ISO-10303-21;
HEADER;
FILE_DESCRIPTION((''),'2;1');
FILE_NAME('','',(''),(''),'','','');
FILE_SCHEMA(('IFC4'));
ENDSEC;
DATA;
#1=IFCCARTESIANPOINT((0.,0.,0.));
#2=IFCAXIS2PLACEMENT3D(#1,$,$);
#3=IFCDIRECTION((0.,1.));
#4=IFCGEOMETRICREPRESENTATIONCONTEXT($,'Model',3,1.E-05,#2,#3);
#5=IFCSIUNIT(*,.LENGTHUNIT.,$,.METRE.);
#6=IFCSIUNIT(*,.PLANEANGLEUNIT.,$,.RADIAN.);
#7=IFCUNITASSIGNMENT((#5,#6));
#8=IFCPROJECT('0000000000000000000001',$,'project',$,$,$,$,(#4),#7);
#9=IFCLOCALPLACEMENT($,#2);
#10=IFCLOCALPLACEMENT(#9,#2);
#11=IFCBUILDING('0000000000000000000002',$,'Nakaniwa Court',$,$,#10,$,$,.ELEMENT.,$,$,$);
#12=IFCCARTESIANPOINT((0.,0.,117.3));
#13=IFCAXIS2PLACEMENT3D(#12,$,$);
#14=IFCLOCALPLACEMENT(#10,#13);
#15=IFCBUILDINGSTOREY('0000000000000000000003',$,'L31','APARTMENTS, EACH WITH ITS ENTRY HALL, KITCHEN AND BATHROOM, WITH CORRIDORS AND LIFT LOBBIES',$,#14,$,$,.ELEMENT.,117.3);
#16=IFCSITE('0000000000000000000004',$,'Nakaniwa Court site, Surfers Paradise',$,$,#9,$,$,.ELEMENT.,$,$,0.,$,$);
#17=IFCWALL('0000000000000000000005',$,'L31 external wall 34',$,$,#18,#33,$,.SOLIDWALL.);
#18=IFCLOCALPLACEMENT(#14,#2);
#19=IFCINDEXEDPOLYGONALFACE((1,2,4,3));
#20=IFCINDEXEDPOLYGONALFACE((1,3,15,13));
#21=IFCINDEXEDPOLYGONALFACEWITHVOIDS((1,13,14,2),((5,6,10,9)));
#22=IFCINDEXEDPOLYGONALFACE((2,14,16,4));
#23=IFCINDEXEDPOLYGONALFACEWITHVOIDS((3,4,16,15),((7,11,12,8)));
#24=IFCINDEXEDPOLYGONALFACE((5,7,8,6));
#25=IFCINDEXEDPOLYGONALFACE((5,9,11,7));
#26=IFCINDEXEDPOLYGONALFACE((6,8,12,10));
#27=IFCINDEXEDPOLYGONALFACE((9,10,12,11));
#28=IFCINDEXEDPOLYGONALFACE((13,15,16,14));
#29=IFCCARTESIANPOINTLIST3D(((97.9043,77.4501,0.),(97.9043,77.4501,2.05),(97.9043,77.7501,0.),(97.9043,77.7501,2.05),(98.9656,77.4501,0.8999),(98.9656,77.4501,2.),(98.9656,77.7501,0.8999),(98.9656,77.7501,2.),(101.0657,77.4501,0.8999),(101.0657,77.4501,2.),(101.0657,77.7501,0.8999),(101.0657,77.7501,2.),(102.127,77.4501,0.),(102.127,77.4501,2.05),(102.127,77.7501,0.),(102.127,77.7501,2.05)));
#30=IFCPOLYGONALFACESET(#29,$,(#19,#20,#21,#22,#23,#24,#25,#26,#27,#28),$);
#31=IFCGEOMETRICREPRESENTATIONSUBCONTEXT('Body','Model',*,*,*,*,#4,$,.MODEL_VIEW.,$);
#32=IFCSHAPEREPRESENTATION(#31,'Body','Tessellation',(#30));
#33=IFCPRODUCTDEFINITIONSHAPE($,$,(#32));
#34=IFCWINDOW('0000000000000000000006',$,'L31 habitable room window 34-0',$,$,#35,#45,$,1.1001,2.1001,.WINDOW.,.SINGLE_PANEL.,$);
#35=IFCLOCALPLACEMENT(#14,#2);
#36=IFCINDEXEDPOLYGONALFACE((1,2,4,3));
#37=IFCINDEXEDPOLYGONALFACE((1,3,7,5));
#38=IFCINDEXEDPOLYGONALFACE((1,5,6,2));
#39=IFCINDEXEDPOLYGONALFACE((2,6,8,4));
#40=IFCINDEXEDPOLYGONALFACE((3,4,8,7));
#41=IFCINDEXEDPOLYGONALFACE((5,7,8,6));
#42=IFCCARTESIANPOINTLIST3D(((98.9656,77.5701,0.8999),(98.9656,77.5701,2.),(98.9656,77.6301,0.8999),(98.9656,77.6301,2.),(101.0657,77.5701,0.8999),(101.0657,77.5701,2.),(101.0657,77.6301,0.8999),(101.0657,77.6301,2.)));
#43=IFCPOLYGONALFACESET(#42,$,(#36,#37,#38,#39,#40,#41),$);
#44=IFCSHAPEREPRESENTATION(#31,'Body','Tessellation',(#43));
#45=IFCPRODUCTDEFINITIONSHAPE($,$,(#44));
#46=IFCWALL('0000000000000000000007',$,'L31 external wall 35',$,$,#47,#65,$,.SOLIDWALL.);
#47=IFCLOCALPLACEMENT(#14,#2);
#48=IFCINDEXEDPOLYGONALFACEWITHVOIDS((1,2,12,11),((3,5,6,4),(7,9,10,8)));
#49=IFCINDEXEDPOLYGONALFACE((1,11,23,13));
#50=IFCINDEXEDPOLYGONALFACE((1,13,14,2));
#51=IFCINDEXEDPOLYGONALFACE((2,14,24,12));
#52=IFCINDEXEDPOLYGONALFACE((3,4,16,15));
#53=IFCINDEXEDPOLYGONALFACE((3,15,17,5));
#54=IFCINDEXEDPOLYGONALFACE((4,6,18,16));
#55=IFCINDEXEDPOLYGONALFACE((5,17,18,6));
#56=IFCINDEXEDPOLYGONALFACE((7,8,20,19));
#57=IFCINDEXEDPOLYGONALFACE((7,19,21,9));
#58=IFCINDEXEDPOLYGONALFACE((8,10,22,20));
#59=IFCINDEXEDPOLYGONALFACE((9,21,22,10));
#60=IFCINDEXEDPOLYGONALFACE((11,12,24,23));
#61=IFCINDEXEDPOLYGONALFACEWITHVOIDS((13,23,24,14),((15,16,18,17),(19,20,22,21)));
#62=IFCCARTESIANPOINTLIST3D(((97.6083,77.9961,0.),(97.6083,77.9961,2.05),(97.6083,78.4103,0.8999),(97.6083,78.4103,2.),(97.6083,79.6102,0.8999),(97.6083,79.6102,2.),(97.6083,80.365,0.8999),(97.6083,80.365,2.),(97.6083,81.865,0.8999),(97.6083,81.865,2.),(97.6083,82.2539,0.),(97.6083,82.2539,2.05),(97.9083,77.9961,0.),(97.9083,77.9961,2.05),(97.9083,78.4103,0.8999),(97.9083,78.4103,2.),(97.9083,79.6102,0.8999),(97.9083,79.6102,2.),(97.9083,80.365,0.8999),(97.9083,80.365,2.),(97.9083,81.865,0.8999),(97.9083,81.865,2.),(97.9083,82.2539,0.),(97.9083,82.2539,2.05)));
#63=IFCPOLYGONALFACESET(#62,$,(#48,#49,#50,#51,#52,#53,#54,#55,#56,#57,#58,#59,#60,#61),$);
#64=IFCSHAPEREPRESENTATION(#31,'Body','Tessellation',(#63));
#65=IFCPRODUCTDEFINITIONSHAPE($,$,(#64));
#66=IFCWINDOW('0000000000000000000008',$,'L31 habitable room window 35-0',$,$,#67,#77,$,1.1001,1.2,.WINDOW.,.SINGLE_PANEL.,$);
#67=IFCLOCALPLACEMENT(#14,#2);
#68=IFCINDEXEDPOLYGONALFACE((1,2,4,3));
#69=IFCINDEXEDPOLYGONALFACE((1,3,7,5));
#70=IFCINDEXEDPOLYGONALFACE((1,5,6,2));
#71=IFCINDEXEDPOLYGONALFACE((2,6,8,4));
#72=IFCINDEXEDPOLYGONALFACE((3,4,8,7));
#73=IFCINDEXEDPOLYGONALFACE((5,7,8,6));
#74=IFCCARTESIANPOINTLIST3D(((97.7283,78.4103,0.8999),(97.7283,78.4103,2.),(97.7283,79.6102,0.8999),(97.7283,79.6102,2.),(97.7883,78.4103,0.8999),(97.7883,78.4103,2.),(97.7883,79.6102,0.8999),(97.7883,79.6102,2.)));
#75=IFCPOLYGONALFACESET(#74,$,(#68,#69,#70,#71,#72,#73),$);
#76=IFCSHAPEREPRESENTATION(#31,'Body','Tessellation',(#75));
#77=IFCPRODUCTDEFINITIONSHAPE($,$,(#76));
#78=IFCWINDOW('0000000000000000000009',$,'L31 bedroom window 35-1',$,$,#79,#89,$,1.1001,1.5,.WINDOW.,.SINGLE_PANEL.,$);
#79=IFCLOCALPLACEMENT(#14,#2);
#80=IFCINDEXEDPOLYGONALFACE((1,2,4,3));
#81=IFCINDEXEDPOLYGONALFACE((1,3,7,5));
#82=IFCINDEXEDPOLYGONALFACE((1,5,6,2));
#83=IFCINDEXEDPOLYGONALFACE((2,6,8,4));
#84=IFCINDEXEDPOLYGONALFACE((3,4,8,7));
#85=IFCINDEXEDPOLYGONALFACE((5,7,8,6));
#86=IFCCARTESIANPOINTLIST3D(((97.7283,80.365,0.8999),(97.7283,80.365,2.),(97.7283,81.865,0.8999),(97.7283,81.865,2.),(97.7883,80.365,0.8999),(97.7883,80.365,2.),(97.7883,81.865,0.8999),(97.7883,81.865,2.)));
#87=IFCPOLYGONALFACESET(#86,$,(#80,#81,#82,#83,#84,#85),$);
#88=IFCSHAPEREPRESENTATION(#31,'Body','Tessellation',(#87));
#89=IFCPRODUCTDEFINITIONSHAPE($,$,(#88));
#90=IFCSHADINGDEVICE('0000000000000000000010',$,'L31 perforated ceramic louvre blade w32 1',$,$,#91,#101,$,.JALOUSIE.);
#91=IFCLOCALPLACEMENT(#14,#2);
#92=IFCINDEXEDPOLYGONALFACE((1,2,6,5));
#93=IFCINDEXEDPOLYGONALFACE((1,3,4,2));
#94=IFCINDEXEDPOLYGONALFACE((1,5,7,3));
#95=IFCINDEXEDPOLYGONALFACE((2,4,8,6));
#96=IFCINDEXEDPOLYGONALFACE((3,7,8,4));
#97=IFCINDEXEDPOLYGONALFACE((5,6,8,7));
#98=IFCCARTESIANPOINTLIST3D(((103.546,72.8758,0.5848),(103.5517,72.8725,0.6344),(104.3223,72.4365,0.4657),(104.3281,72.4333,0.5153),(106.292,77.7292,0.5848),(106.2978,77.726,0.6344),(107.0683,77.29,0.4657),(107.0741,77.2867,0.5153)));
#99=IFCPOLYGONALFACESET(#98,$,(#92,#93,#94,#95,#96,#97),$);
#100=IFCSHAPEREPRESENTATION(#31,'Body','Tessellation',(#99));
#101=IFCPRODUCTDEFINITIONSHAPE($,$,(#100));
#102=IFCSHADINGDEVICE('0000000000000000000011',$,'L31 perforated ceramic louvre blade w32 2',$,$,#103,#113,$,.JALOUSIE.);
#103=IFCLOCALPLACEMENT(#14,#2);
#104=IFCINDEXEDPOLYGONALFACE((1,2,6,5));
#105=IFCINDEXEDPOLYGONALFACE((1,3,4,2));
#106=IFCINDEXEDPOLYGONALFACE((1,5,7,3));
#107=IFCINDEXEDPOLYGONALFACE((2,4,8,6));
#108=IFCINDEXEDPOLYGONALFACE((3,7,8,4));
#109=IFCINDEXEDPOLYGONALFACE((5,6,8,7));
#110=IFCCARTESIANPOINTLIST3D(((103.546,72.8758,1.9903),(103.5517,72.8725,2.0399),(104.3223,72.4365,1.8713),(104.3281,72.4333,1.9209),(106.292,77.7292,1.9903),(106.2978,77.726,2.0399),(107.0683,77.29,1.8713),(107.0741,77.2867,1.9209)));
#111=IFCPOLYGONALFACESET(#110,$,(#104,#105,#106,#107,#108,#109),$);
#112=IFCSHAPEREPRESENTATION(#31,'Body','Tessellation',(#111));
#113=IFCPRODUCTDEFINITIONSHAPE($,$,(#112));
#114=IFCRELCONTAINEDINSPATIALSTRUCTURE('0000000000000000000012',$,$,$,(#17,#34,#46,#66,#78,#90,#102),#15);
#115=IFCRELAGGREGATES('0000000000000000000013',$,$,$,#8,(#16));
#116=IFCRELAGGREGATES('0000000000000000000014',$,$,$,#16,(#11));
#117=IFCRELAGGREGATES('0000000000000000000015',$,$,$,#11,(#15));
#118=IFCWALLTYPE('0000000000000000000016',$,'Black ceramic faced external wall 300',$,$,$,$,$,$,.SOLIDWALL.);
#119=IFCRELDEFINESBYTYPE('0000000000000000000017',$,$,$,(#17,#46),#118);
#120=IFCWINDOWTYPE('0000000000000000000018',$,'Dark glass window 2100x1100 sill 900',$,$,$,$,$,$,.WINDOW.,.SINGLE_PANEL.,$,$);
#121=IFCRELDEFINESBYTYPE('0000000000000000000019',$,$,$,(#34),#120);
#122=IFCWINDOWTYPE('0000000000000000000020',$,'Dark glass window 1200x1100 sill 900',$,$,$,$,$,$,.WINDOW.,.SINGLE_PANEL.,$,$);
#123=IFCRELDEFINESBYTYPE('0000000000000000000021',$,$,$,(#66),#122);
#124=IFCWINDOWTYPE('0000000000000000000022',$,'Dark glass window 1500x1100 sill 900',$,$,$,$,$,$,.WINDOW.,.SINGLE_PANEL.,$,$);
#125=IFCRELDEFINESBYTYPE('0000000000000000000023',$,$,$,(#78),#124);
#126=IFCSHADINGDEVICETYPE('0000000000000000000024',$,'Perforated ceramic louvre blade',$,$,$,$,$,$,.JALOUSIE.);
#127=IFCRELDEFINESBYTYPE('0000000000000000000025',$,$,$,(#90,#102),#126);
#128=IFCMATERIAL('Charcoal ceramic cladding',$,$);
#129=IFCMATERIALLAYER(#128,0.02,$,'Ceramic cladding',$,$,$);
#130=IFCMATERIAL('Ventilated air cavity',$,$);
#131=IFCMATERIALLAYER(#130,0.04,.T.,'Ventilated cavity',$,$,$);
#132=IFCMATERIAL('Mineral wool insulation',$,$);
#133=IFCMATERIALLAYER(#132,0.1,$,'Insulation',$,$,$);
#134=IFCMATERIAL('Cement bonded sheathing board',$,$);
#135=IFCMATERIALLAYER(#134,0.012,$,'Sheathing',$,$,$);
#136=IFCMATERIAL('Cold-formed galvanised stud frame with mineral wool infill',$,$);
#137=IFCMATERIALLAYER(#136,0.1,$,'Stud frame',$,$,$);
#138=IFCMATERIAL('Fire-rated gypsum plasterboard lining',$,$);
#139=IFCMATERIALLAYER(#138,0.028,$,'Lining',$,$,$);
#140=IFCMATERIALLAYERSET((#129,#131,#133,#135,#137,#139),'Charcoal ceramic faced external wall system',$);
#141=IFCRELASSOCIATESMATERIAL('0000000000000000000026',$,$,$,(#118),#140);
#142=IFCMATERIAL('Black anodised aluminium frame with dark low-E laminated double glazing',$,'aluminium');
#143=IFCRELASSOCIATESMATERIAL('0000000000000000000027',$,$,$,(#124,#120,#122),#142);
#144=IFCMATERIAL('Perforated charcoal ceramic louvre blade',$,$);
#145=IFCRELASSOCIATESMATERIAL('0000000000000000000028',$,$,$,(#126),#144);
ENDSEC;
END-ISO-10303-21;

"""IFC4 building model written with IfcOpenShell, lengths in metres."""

from ifc_helpers import new_model, si_unit, direction, frame, frame_2d, origin, origin_2d, place, context, subcontext, project, spatial, rectangle, extrude, material, layer, layer_set, material_profile, profile_set, type_object, element, fill, save


model = new_model("IFC4")

# Units and contexts
model_context = context("Model", 3, precision=1e-05, world=origin(), true_north=direction((0.0, 1.0)))
body_context = subcontext(model_context, "Body", "Model", "MODEL_VIEW")
ifc_project = project(units=[si_unit("LENGTHUNIT", "METRE"), si_unit("PLANEANGLEUNIT", "RADIAN")], contexts=[model_context])

# Site, building, storey
site_placement = place(None, origin())
site = spatial("IfcSite", under=ifc_project, at=site_placement, Name="Nakaniwa Court site, Surfers Paradise", CompositionType="ELEMENT", RefElevation=0.0)
building_placement = place(site_placement, origin())
building = spatial("IfcBuilding", under=site, at=building_placement, Name="Nakaniwa Court", CompositionType="ELEMENT")
storey_placement = place(building_placement, frame((0.0, 0.0, 117.3)))
storey = spatial("IfcBuildingStorey", under=building, at=storey_placement, Name="L31", Description="APARTMENTS, EACH WITH ITS ENTRY HALL, KITCHEN AND BATHROOM, WITH CORRIDORS AND LIFT LOBBIES", CompositionType="ELEMENT", Elevation=117.3)

# Wall, opening, window
ifc_material_1 = material(Name="Charcoal ceramic cladding")
ifc_layer_1 = layer(ifc_material_1, 0.02, Name="Ceramic cladding")
ifc_material_2 = material(Name="Ventilated air cavity")
ifc_layer_2 = layer(ifc_material_2, 0.04, ventilated=True, Name="Ventilated cavity")
ifc_material_3 = material(Name="Mineral wool insulation")
ifc_layer_3 = layer(ifc_material_3, 0.1, Name="Insulation")
ifc_material_4 = material(Name="Cement bonded sheathing board")
ifc_layer_4 = layer(ifc_material_4, 0.012, Name="Sheathing")
ifc_material_5 = material(Name="Cold-formed galvanised stud frame with mineral wool infill")
ifc_layer_5 = layer(ifc_material_5, 0.1, Name="Stud frame")
ifc_material_6 = material(Name="Fire-rated gypsum plasterboard lining")
ifc_layer_6 = layer(ifc_material_6, 0.028, Name="Lining")
ifc_layer_set = layer_set([ifc_layer_1, ifc_layer_2, ifc_layer_3, ifc_layer_4, ifc_layer_5, ifc_layer_6], Name="Charcoal ceramic faced external wall system")
wall_type = type_object("IfcWallType", Name="Black ceramic faced external wall 300", PredefinedType="SOLIDWALL", material=ifc_layer_set)
ifc_material_7 = material(Name="Black anodised aluminium frame with dark low-E laminated double glazing", Category="aluminium")
window_type_1 = type_object("IfcWindowType", Name="Dark glass window 1500x1100 sill 900", PartitioningType="SINGLE_PANEL", PredefinedType="WINDOW", material=ifc_material_7)
window_type_2 = type_object("IfcWindowType", Name="Dark glass window 2100x1100 sill 900", PartitioningType="SINGLE_PANEL", PredefinedType="WINDOW", material=ifc_material_7)
wall_1_placement = place(storey_placement, frame((102.127, 77.6001, 0.0), z_axis=(0.0, 0.0, 1.0), x_axis=(-1.0, 0.0, 0.0)))
wall_1 = element("IfcWall", 1, at=wall_1_placement, inside=storey, type_object=wall_type, Name="L31 external wall 34", PredefinedType="SOLIDWALL", context=body_context, shape_type="SweptSolid", body=[
    extrude(rectangle(XDim=4.2227, YDim=0.3, at=frame_2d((2.1113, 0.0))), origin(), (0.0, 0.0, 1.0), 2.05),
])
opening_1_placement = place(wall_1_placement, frame((1.0613, 0.0, 0.8999)))
opening_1 = element("IfcOpeningElement", 2, at=opening_1_placement, cuts=wall_1, PredefinedType="OPENING", context=body_context, shape_type="SweptSolid", body=[
    extrude(rectangle(XDim=2.1001, YDim=1.1001, at=frame_2d((1.05, 0.55))), frame((0.0, 0.1599, 0.0), z_axis=(0.0, -1.0, 0.0), x_axis=(1.0, 0.0, 0.0)), (0.0, 0.0, 1.0), 0.3201),
])
window_1_placement = place(opening_1_placement, origin())
window_1 = element("IfcWindow", 3, at=window_1_placement, inside=storey, type_object=window_type_2, Name="L31 habitable room window 34-0", OverallHeight=1.1001, OverallWidth=2.1001, PartitioningType="SINGLE_PANEL", PredefinedType="WINDOW", context=body_context, shape_type="SweptSolid", body=[
    extrude(rectangle(XDim=2.1001, YDim=1.1001, at=frame_2d((1.05, 0.55))), frame((0.0, 0.03, 0.0), z_axis=(0.0, -1.0, 0.0), x_axis=(1.0, 0.0, 0.0)), (0.0, 0.0, 1.0), 0.0601),
])
fill(opening_1, window_1)

# Wall, openings, windows
wall_2_placement = place(storey_placement, frame((97.7583, 77.9961, 0.0), z_axis=(0.0, 0.0, 1.0), x_axis=(0.0, 1.0, 0.0)))
wall_2 = element("IfcWall", 4, at=wall_2_placement, inside=storey, type_object=wall_type, Name="L31 external wall 35", PredefinedType="SOLIDWALL", context=body_context, shape_type="SweptSolid", body=[
    extrude(rectangle(XDim=4.2578, YDim=0.3, at=frame_2d((2.1289, 0.0))), origin(), (0.0, 0.0, 1.0), 2.05),
])
opening_2_placement = place(wall_2_placement, frame((0.4141, 0.0, 0.8999)))
opening_2 = element("IfcOpeningElement", 5, at=opening_2_placement, cuts=wall_2, PredefinedType="OPENING", context=body_context, shape_type="SweptSolid", body=[
    extrude(rectangle(XDim=1.2, YDim=1.1001, at=frame_2d((0.6001, 0.55))), frame((0.0, 0.1599, 0.0), z_axis=(0.0, -1.0, 0.0), x_axis=(1.0, 0.0, 0.0)), (0.0, 0.0, 1.0), 0.3201),
])
opening_3_placement = place(wall_2_placement, frame((2.3689, 0.0, 0.8999)))
opening_3 = element("IfcOpeningElement", 6, at=opening_3_placement, cuts=wall_2, PredefinedType="OPENING", context=body_context, shape_type="SweptSolid", body=[
    extrude(rectangle(XDim=1.5, YDim=1.1001, at=frame_2d((0.75, 0.55))), frame((0.0, 0.1599, 0.0), z_axis=(0.0, -1.0, 0.0), x_axis=(1.0, 0.0, 0.0)), (0.0, 0.0, 1.0), 0.3201),
])
window_type_3 = type_object("IfcWindowType", Name="Dark glass window 1200x1100 sill 900", PartitioningType="SINGLE_PANEL", PredefinedType="WINDOW", material=ifc_material_7)
window_2_placement = place(opening_2_placement, origin())
window_2 = element("IfcWindow", 7, at=window_2_placement, inside=storey, type_object=window_type_3, Name="L31 habitable room window 35-0", OverallHeight=1.1001, OverallWidth=1.2, PartitioningType="SINGLE_PANEL", PredefinedType="WINDOW", context=body_context, shape_type="SweptSolid", body=[
    extrude(rectangle(XDim=1.2, YDim=1.1001, at=frame_2d((0.6001, 0.55))), frame((0.0, 0.03, 0.0), z_axis=(0.0, -1.0, 0.0), x_axis=(1.0, 0.0, 0.0)), (0.0, 0.0, 1.0), 0.0601),
])
fill(opening_2, window_2)
window_3_placement = place(opening_3_placement, origin())
window_3 = element("IfcWindow", 8, at=window_3_placement, inside=storey, type_object=window_type_1, Name="L31 bedroom window 35-1", OverallHeight=1.1001, OverallWidth=1.5, PartitioningType="SINGLE_PANEL", PredefinedType="WINDOW", context=body_context, shape_type="SweptSolid", body=[
    extrude(rectangle(XDim=1.5, YDim=1.1001, at=frame_2d((0.75, 0.55))), frame((0.0, 0.03, 0.0), z_axis=(0.0, -1.0, 0.0), x_axis=(1.0, 0.0, 0.0)), (0.0, 0.0, 1.0), 0.0601),
])
fill(opening_3, window_3)

# Shading devices
ifc_material_8 = material(Name="Perforated charcoal ceramic louvre blade")
ifc_material_profile_1 = material_profile(ifc_material_8, rectangle(XDim=0.8999, YDim=0.05, at=origin_2d()), Name="Perforated ceramic louvre blade")
ifc_profile_set_1 = profile_set([ifc_material_profile_1], Name="Perforated charcoal ceramic louvre blade")
shading_device_type = type_object("IfcShadingDeviceType", Name="Perforated ceramic louvre blade", PredefinedType="JALOUSIE", material=ifc_profile_set_1)
for number, where, z_axis, x_axis, name in (
    (9, (103.937, 72.6545, 0.55), (0.492438, 0.870347, 0.0), (-0.862702, 0.488112, 0.132256), "L31 perforated ceramic louvre blade w32 1"),
    (10, (103.937, 72.6545, 1.9556), (0.492438, 0.870347, 0.0), (-0.862702, 0.488112, 0.132256), "L31 perforated ceramic louvre blade w32 2"),
):
    element("IfcShadingDevice", number, at=place(storey_placement, frame(where, z_axis=z_axis, x_axis=x_axis)), inside=storey, type_object=shading_device_type, Name=name, PredefinedType="JALOUSIE", context=body_context, shape_type="SweptSolid", body=[
        extrude(rectangle(XDim=0.8999, YDim=0.05, at=origin_2d()), origin(), (0.0, 0.0, 1.0), 5.5764),
    ])

save(model, "model.ifc")
